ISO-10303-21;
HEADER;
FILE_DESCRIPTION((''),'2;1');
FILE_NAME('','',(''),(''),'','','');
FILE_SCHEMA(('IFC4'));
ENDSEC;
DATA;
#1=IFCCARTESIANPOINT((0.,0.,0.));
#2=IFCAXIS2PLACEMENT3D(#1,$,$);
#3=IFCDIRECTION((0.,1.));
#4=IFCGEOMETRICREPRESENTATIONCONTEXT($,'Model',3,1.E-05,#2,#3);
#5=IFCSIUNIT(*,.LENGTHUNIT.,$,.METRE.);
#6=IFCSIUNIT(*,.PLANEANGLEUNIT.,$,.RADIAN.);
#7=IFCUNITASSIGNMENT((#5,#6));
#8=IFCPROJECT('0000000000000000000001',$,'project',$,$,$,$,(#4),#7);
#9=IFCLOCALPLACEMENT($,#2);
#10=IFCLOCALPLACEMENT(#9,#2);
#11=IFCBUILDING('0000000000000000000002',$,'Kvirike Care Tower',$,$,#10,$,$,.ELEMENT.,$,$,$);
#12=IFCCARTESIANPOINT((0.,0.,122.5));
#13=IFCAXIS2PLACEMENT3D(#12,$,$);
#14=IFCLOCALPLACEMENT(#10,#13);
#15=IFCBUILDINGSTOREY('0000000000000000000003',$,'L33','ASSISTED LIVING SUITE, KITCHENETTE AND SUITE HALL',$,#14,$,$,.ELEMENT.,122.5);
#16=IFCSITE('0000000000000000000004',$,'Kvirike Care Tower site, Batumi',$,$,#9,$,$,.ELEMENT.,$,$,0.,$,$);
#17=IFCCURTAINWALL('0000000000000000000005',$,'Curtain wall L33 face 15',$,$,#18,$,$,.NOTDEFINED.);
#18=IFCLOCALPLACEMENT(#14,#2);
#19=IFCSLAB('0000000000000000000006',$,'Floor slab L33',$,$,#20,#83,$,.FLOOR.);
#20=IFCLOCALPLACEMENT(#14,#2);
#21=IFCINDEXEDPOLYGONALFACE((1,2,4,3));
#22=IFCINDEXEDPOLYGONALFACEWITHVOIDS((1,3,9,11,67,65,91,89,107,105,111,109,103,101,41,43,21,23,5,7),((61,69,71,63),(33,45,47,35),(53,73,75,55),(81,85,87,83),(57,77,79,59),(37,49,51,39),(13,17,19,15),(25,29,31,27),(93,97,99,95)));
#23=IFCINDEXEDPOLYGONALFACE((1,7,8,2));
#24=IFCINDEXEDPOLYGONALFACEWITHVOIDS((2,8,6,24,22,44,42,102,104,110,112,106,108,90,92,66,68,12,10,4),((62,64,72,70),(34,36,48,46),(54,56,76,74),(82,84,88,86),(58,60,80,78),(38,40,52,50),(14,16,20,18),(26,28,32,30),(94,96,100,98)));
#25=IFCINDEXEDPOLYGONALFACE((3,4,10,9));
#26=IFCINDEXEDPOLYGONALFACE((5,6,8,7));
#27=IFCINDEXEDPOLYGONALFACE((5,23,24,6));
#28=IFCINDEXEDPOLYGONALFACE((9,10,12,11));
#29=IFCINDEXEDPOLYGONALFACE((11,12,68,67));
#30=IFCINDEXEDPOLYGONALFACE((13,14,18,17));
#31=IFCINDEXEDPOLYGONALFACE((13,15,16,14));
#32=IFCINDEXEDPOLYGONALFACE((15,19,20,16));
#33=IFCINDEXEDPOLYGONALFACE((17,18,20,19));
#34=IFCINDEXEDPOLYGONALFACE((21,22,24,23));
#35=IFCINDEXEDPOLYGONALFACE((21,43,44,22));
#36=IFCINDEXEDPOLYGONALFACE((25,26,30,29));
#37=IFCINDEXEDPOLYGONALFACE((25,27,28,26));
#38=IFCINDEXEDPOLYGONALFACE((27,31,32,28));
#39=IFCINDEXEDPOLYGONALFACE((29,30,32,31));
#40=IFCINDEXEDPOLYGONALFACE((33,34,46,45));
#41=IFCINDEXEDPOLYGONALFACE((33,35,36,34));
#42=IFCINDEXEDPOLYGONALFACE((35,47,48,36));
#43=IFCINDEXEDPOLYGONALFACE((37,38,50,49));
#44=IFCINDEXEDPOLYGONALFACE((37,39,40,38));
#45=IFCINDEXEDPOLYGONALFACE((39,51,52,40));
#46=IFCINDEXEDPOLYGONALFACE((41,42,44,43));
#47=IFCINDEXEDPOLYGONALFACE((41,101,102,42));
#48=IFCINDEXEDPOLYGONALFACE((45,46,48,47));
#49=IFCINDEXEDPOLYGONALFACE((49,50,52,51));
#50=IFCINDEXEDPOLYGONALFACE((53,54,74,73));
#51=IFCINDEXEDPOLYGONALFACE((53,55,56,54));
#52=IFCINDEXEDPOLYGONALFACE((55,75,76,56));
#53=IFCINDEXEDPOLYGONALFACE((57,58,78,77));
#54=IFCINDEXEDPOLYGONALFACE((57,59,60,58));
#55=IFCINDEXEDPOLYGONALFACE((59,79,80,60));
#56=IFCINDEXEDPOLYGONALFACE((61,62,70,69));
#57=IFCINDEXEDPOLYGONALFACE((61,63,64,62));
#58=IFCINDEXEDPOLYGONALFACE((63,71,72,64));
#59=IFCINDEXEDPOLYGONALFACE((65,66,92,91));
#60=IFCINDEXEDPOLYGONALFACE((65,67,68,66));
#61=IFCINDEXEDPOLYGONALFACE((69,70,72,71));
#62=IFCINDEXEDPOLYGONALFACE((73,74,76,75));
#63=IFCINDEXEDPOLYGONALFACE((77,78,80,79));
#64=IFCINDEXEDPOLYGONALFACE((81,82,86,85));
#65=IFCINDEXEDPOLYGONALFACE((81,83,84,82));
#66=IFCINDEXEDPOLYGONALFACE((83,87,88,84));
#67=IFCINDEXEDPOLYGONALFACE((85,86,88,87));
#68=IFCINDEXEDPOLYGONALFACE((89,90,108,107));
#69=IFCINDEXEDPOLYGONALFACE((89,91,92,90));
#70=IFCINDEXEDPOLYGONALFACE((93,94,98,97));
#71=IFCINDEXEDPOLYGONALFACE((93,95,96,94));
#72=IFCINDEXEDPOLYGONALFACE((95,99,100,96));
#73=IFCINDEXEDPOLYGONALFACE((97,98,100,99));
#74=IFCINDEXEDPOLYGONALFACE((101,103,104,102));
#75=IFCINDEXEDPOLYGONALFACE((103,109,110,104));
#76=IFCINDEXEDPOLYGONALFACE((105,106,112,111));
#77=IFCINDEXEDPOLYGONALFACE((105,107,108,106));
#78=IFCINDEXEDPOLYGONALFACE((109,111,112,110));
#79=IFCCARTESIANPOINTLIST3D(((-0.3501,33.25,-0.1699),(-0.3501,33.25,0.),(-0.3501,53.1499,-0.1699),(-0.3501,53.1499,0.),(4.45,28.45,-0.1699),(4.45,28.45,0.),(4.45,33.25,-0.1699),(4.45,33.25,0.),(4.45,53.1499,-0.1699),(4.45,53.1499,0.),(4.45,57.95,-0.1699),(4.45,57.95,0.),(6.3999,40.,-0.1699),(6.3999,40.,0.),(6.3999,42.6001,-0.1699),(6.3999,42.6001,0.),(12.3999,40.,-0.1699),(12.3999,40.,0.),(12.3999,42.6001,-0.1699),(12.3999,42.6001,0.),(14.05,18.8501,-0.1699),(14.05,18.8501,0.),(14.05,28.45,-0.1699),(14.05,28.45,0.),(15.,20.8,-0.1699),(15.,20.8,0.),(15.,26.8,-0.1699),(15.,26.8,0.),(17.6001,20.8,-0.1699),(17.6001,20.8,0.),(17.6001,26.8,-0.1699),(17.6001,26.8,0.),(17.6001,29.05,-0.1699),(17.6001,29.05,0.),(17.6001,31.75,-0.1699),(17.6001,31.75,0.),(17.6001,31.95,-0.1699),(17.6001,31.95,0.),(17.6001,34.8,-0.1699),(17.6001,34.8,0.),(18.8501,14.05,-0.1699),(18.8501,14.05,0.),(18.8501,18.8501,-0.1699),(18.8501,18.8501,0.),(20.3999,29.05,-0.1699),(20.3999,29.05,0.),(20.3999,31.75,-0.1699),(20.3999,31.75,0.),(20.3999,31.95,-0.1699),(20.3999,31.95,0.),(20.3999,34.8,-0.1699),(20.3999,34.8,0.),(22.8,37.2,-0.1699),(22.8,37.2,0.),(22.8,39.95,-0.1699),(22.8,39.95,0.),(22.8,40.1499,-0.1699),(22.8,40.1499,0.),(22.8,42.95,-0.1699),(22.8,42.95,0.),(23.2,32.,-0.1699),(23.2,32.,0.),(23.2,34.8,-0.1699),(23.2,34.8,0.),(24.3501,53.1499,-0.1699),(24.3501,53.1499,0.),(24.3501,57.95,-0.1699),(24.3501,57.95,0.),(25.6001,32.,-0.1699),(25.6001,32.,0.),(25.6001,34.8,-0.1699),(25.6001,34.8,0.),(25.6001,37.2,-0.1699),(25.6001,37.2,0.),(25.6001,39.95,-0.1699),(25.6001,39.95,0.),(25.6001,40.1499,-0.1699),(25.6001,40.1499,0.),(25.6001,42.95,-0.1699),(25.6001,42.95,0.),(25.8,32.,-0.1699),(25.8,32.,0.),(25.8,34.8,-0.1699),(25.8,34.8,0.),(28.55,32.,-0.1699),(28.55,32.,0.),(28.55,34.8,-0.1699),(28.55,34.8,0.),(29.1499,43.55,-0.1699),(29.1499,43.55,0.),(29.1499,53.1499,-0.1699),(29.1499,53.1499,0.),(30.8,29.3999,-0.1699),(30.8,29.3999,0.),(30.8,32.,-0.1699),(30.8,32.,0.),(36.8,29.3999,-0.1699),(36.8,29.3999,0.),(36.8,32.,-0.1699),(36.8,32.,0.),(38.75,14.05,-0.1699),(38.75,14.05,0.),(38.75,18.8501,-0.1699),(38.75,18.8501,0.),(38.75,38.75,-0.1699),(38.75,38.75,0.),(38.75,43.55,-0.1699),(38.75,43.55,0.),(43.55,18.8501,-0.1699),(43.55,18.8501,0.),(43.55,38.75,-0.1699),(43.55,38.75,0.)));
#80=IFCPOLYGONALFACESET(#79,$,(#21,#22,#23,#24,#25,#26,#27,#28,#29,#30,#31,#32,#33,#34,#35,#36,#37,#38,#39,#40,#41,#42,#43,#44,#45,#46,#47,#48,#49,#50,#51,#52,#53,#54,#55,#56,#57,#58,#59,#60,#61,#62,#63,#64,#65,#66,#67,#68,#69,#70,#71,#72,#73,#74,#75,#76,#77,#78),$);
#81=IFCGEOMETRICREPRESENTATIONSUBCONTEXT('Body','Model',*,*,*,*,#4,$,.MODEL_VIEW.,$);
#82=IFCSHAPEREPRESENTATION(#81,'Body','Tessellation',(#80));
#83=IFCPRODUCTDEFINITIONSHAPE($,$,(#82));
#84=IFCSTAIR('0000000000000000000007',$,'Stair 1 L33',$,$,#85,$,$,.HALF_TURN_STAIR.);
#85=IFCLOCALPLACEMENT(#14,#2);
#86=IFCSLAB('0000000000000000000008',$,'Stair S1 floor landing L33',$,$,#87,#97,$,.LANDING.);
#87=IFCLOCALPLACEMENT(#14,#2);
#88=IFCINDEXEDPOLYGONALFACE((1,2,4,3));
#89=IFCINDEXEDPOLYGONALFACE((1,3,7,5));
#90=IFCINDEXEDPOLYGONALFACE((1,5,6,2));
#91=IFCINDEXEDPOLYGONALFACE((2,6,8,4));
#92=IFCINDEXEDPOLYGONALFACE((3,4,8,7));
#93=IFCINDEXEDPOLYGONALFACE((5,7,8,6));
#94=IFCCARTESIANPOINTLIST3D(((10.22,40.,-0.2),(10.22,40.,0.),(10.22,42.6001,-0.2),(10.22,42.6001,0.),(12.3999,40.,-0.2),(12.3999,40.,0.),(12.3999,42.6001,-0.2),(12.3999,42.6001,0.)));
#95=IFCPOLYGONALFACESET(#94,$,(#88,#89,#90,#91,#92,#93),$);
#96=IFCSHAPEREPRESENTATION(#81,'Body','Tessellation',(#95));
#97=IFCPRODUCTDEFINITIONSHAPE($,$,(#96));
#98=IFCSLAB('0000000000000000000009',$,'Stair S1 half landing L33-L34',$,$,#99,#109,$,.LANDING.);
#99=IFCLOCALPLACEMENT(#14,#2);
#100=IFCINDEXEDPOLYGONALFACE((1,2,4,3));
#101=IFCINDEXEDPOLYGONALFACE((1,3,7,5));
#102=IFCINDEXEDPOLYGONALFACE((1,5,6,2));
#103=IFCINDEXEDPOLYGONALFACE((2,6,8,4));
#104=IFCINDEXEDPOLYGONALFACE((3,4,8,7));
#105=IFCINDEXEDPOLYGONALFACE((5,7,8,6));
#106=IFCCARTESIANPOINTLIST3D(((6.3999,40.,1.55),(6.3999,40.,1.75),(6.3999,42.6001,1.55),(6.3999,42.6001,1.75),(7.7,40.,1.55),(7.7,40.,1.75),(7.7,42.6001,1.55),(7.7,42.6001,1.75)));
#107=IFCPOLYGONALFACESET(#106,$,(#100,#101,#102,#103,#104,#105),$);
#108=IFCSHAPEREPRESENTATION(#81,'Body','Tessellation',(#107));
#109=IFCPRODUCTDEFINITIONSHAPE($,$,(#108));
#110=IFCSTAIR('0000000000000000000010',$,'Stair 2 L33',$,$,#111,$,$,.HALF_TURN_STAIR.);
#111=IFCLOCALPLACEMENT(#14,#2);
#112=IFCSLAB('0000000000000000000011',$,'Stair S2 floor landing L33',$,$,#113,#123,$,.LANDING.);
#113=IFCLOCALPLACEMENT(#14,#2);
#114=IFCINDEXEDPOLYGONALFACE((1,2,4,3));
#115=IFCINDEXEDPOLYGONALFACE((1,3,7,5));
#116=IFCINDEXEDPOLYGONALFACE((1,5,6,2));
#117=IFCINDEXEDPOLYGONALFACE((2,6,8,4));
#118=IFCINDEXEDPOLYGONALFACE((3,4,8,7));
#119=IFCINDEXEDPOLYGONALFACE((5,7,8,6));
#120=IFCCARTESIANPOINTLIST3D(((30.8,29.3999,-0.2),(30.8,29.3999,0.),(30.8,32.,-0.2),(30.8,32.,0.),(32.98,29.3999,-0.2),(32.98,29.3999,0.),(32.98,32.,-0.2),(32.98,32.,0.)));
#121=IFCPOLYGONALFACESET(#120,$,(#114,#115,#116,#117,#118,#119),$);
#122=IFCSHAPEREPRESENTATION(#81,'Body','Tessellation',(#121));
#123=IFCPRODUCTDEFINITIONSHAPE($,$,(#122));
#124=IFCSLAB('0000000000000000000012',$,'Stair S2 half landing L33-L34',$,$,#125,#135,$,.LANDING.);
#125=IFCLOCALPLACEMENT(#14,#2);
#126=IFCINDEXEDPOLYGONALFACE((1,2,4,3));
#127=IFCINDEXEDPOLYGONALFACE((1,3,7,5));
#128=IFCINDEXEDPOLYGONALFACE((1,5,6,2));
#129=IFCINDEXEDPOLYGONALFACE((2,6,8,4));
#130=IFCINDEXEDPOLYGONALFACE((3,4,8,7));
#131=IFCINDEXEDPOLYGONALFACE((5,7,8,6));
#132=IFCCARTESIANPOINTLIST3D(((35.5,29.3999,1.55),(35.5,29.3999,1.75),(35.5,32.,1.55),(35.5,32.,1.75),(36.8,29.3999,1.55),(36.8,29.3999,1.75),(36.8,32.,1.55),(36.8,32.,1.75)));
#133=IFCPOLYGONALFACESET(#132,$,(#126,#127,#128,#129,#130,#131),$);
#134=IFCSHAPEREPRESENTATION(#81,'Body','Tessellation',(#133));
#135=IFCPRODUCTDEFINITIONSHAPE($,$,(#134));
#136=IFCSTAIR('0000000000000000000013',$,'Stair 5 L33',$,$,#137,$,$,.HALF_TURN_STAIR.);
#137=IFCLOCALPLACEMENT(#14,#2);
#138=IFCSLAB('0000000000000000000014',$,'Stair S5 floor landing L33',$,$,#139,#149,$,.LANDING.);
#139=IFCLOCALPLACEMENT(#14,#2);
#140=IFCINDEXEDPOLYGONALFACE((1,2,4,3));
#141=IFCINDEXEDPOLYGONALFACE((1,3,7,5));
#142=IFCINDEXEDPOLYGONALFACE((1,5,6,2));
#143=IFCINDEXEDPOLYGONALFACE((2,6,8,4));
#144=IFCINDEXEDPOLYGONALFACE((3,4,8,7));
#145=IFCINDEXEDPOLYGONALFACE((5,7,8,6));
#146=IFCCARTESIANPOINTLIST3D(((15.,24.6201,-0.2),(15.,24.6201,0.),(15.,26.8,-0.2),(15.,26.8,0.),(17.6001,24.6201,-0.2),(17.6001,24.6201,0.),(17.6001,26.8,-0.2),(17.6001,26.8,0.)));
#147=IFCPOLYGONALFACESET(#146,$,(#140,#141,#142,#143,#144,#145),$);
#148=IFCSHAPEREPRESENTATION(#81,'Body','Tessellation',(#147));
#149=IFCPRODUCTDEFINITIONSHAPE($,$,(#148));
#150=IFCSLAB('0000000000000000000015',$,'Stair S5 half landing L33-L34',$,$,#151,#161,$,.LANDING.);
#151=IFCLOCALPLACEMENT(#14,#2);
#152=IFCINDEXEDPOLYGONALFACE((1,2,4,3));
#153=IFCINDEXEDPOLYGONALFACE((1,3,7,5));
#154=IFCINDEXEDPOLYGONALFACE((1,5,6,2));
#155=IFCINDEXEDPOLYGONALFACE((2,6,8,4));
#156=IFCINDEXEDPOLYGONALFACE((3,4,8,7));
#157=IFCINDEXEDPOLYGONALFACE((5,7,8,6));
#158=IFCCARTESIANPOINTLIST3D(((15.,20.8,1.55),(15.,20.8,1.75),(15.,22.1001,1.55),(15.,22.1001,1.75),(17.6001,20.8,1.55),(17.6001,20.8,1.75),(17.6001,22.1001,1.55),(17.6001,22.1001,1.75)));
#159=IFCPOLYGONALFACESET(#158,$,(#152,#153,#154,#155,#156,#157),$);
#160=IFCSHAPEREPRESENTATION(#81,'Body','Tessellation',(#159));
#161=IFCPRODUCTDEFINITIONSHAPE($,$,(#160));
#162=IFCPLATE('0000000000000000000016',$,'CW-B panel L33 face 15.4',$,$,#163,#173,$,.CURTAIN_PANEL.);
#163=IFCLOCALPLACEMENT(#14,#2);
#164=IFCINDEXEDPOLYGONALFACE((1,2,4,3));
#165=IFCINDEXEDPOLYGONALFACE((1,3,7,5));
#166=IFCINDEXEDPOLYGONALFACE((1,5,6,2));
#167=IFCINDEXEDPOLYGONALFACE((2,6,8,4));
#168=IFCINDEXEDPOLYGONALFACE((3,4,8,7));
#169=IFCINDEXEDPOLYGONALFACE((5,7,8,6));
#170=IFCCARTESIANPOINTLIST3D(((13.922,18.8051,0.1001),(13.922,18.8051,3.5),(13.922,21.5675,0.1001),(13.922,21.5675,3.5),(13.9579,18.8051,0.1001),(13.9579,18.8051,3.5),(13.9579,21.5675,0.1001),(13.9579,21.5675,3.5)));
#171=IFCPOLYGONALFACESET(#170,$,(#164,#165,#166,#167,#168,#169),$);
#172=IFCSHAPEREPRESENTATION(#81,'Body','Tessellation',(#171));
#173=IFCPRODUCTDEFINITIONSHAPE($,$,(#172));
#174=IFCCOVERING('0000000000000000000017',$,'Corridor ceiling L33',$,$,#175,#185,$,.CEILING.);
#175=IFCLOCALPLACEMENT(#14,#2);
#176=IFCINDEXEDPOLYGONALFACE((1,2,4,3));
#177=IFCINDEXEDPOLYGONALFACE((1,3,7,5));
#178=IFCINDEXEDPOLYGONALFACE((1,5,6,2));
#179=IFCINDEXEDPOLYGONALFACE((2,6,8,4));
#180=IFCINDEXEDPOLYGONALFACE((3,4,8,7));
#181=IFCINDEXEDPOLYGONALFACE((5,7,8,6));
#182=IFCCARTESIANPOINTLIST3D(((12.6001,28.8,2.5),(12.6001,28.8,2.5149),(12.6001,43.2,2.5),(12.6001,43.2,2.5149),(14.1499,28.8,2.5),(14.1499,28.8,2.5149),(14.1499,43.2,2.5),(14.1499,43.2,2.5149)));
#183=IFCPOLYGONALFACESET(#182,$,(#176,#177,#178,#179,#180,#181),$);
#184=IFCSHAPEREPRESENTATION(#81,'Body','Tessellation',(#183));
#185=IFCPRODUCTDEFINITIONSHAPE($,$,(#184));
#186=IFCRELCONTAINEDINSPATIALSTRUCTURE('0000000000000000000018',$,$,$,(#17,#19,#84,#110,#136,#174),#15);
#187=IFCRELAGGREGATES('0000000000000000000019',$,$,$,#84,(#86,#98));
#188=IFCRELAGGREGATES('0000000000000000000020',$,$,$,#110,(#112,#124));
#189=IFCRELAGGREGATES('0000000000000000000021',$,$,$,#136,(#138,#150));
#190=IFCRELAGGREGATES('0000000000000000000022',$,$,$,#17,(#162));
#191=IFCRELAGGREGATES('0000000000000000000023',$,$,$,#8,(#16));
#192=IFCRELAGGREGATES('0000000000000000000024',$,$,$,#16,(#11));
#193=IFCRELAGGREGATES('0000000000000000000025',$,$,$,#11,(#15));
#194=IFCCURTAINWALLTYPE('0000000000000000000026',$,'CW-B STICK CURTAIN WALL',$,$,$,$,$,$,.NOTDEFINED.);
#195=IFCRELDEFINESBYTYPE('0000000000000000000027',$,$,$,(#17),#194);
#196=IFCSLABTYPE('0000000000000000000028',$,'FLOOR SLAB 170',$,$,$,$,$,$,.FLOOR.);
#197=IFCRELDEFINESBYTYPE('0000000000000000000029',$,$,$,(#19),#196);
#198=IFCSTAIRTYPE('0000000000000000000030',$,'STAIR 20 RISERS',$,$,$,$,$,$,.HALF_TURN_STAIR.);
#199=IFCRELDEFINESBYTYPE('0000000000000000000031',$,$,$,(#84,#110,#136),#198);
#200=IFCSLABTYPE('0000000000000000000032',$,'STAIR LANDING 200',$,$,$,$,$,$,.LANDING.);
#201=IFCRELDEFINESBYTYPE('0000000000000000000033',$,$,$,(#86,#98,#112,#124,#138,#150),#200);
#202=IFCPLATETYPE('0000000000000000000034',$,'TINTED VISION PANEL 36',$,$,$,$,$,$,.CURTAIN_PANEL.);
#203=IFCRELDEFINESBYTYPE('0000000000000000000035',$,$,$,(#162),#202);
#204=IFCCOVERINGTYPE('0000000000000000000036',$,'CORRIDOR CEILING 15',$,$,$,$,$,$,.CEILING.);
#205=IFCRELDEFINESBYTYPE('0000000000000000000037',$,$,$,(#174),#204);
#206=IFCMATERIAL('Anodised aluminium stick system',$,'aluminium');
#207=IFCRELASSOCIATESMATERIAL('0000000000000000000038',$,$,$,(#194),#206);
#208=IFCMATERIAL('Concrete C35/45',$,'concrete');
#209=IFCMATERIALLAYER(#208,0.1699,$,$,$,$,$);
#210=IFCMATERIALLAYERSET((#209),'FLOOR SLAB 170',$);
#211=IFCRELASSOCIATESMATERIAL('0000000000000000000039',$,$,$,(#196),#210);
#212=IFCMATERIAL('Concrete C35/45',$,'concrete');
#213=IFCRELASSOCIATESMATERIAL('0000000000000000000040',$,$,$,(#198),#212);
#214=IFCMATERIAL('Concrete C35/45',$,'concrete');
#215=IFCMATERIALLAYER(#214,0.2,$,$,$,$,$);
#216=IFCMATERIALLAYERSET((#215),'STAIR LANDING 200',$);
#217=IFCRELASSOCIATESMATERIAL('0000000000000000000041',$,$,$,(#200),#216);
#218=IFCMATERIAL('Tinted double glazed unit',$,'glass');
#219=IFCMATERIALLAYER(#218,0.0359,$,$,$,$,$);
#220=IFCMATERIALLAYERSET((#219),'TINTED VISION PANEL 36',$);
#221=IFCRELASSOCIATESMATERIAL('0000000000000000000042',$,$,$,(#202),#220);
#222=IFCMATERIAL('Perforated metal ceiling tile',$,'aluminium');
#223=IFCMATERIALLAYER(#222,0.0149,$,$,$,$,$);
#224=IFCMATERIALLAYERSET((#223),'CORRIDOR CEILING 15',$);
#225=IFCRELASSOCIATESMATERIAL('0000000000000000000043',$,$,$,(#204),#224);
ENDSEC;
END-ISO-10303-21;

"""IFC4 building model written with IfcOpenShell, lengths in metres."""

from ifc_helpers import new_model, si_unit, direction, frame, origin, origin_2d, place, context, subcontext, project, spatial, polyline, rectangle, outline, extrude, material, layer, layer_set, type_object, element, aggregate, save


model = new_model("IFC4")

# Units and contexts
model_context = context("Model", 3, precision=1e-05, world=origin(), true_north=direction((0.0, 1.0)))
body_context = subcontext(model_context, "Body", "Model", "MODEL_VIEW")
ifc_project = project(units=[si_unit("LENGTHUNIT", "METRE"), si_unit("PLANEANGLEUNIT", "RADIAN")], contexts=[model_context])

# Site, building, storey
site_placement = place(None, origin())
site = spatial("IfcSite", under=ifc_project, at=site_placement, Name="Kvirike Care Tower site, Batumi", CompositionType="ELEMENT", RefElevation=0.0)
building_placement = place(site_placement, origin())
building = spatial("IfcBuilding", under=site, at=building_placement, Name="Kvirike Care Tower", CompositionType="ELEMENT")
storey_placement = place(building_placement, frame((0.0, 0.0, 122.5)))
storey = spatial("IfcBuildingStorey", under=building, at=storey_placement, Name="L33", Description="ASSISTED LIVING SUITE, KITCHENETTE AND SUITE HALL", CompositionType="ELEMENT", Elevation=122.5)

# Curtain wall
ifc_material_1 = material(Name="Anodised aluminium stick system", Category="aluminium")
curtain_wall_type = type_object("IfcCurtainWallType", Name="CW-B STICK CURTAIN WALL", PredefinedType="NOTDEFINED", material=ifc_material_1)
curtain_wall_1_placement = place(storey_placement, origin())
curtain_wall_1 = element("IfcCurtainWall", 1, at=curtain_wall_1_placement, inside=storey, type_object=curtain_wall_type, Name="Curtain wall L33 face 15", PredefinedType="NOTDEFINED")

# Slab
ifc_material_2 = material(Name="Concrete C35/45", Category="concrete")
ifc_layer_1 = layer(ifc_material_2, 0.1699)
ifc_layer_set_1 = layer_set([ifc_layer_1], Name="FLOOR SLAB 170")
slab_type_1 = type_object("IfcSlabType", Name="FLOOR SLAB 170", PredefinedType="FLOOR", material=ifc_layer_set_1)
slab_1_placement = place(storey_placement, frame((0.0, 0.0, -0.1699)))
element("IfcSlab", 2, at=slab_1_placement, inside=storey, type_object=slab_type_1, Name="Floor slab L33", PredefinedType="FLOOR", context=body_context, shape_type="SweptSolid", body=[
    extrude(outline(polyline([(43.55, 18.8501), (43.55, 38.75), (38.75, 38.75), (38.75, 43.55), (29.1499, 43.55), (29.1499, 53.1499), (24.3501, 53.1499), (24.3501, 57.95), (4.45, 57.95), (4.45, 53.1499), (-0.3501, 53.1499), (-0.3501, 33.25), (4.45, 33.25), (4.45, 28.45), (14.05, 28.45), (14.05, 18.8501), (18.8501, 18.8501), (18.8501, 14.05), (38.75, 14.05), (38.75, 18.8501), (43.55, 18.8501)]), holes=[polyline([(17.6001, 29.05), (17.6001, 31.75), (20.3999, 31.75), (20.3999, 29.05), (17.6001, 29.05)]), polyline([(17.6001, 31.95), (17.6001, 34.8), (20.3999, 34.8), (20.3999, 31.95), (17.6001, 31.95)]), polyline([(22.8, 37.2), (22.8, 39.95), (25.6001, 39.95), (25.6001, 37.2), (22.8, 37.2)]), polyline([(22.8, 40.1499), (22.8, 42.95), (25.6001, 42.95), (25.6001, 40.1499), (22.8, 40.1499)]), polyline([(23.2, 32.0), (23.2, 34.8), (25.6001, 34.8), (25.6001, 32.0), (23.2, 32.0)]), polyline([(25.8, 32.0), (25.8, 34.8), (28.55, 34.8), (28.55, 32.0), (25.8, 32.0)]), polyline([(12.3999, 42.6001), (12.3999, 40.0), (6.3999, 40.0), (6.3999, 42.6001), (12.3999, 42.6001)]), polyline([(30.8, 29.3999), (30.8, 32.0), (36.8, 32.0), (36.8, 29.3999), (30.8, 29.3999)]), polyline([(15.0, 26.8), (17.6001, 26.8), (17.6001, 20.8), (15.0, 20.8), (15.0, 26.8)])]), origin(), (0.0, 0.0, 1.0), 0.1699),
])

# Stairs, slabs
ifc_material_3 = material(Name="Concrete C35/45", Category="concrete")
stair_type = type_object("IfcStairType", Name="STAIR 20 RISERS", PredefinedType="HALF_TURN_STAIR", material=ifc_material_3)
stair_1_placement = place(storey_placement, origin())
stair_1 = element("IfcStair", 3, at=stair_1_placement, inside=storey, type_object=stair_type, Name="Stair 1 L33", PredefinedType="HALF_TURN_STAIR")
ifc_material_4 = material(Name="Concrete C35/45", Category="concrete")
ifc_layer_2 = layer(ifc_material_4, 0.2)
ifc_layer_set_2 = layer_set([ifc_layer_2], Name="STAIR LANDING 200")
slab_type_2 = type_object("IfcSlabType", Name="STAIR LANDING 200", PredefinedType="LANDING", material=ifc_layer_set_2)
slab_2_placement = place(storey_placement, frame((0.0, 0.0, -0.2)))
slab_2 = element("IfcSlab", 4, at=slab_2_placement, type_object=slab_type_2, Name="Stair S1 floor landing L33", PredefinedType="LANDING", context=body_context, shape_type="SweptSolid", body=[
    extrude(outline(polyline([(10.22, 42.6001), (10.22, 40.0), (12.3999, 40.0), (12.3999, 42.6001), (10.22, 42.6001)])), origin(), (0.0, 0.0, 1.0), 0.2),
])
slab_3_placement = place(storey_placement, frame((0.0, 0.0, 1.55)))
slab_3 = element("IfcSlab", 5, at=slab_3_placement, type_object=slab_type_2, Name="Stair S1 half landing L33-L34", PredefinedType="LANDING", context=body_context, shape_type="SweptSolid", body=[
    extrude(outline(polyline([(6.3999, 42.6001), (6.3999, 40.0), (7.7, 40.0), (7.7, 42.6001), (6.3999, 42.6001)])), origin(), (0.0, 0.0, 1.0), 0.2),
])
aggregate(stair_1, [slab_2, slab_3])
stair_2_placement = place(storey_placement, origin())
stair_2 = element("IfcStair", 6, at=stair_2_placement, inside=storey, type_object=stair_type, Name="Stair 2 L33", PredefinedType="HALF_TURN_STAIR")
slab_4_placement = place(storey_placement, frame((0.0, 0.0, -0.2)))
slab_4 = element("IfcSlab", 7, at=slab_4_placement, type_object=slab_type_2, Name="Stair S2 floor landing L33", PredefinedType="LANDING", context=body_context, shape_type="SweptSolid", body=[
    extrude(outline(polyline([(32.98, 29.3999), (32.98, 32.0), (30.8, 32.0), (30.8, 29.3999), (32.98, 29.3999)])), origin(), (0.0, 0.0, 1.0), 0.2),
])
slab_5_placement = place(storey_placement, frame((0.0, 0.0, 1.55)))
slab_5 = element("IfcSlab", 8, at=slab_5_placement, type_object=slab_type_2, Name="Stair S2 half landing L33-L34", PredefinedType="LANDING", context=body_context, shape_type="SweptSolid", body=[
    extrude(outline(polyline([(36.8, 29.3999), (36.8, 32.0), (35.5, 32.0), (35.5, 29.3999), (36.8, 29.3999)])), origin(), (0.0, 0.0, 1.0), 0.2),
])
aggregate(stair_2, [slab_4, slab_5])
stair_3_placement = place(storey_placement, origin())
stair_3 = element("IfcStair", 9, at=stair_3_placement, inside=storey, type_object=stair_type, Name="Stair 5 L33", PredefinedType="HALF_TURN_STAIR")
slab_6_placement = place(storey_placement, frame((0.0, 0.0, -0.2)))
slab_6 = element("IfcSlab", 10, at=slab_6_placement, type_object=slab_type_2, Name="Stair S5 floor landing L33", PredefinedType="LANDING", context=body_context, shape_type="SweptSolid", body=[
    extrude(outline(polyline([(15.0, 24.6201), (17.6001, 24.6201), (17.6001, 26.8), (15.0, 26.8), (15.0, 24.6201)])), origin(), (0.0, 0.0, 1.0), 0.2),
])
slab_7_placement = place(storey_placement, frame((0.0, 0.0, 1.55)))
slab_7 = element("IfcSlab", 11, at=slab_7_placement, type_object=slab_type_2, Name="Stair S5 half landing L33-L34", PredefinedType="LANDING", context=body_context, shape_type="SweptSolid", body=[
    extrude(outline(polyline([(15.0, 20.8), (17.6001, 20.8), (17.6001, 22.1001), (15.0, 22.1001), (15.0, 20.8)])), origin(), (0.0, 0.0, 1.0), 0.2),
])
aggregate(stair_3, [slab_6, slab_7])

# Plate
ifc_material_5 = material(Name="Tinted double glazed unit", Category="glass")
ifc_layer_3 = layer(ifc_material_5, 0.0359)
ifc_layer_set_3 = layer_set([ifc_layer_3], Name="TINTED VISION PANEL 36")
plate_type = type_object("IfcPlateType", Name="TINTED VISION PANEL 36", PredefinedType="CURTAIN_PANEL", material=ifc_layer_set_3)
plate_placement = place(storey_placement, frame((13.9399, 20.1863, 0.1001), z_axis=(0.0, 0.0, 1.0), x_axis=(0.0, -1.0, 0.0)))
plate = element("IfcPlate", 12, at=plate_placement, type_object=plate_type, Name="CW-B panel L33 face 15.4", PredefinedType="CURTAIN_PANEL", context=body_context, shape_type="SweptSolid", body=[
    extrude(rectangle(XDim=2.7625, YDim=0.0359, at=origin_2d()), origin(), (0.0, 0.0, 1.0), 3.3999),
])
aggregate(curtain_wall_1, [plate])

# Covering
ifc_material_6 = material(Name="Perforated metal ceiling tile", Category="aluminium")
ifc_layer_4 = layer(ifc_material_6, 0.0149)
ifc_layer_set_4 = layer_set([ifc_layer_4], Name="CORRIDOR CEILING 15")
covering_type_1 = type_object("IfcCoveringType", Name="CORRIDOR CEILING 15", PredefinedType="CEILING", material=ifc_layer_set_4)
covering_1_placement = place(storey_placement, frame((0.0, 0.0, 2.5)))
element("IfcCovering", 13, at=covering_1_placement, inside=storey, type_object=covering_type_1, Name="Corridor ceiling L33", PredefinedType="CEILING", context=body_context, shape_type="SweptSolid", body=[
    extrude(outline(polyline([(12.6001, 43.2), (14.1499, 43.2), (14.1499, 28.8), (12.6001, 28.8), (12.6001, 43.2)])), origin(), (0.0, 0.0, 1.0), 0.0149),
])

save(model, "model.ifc")
